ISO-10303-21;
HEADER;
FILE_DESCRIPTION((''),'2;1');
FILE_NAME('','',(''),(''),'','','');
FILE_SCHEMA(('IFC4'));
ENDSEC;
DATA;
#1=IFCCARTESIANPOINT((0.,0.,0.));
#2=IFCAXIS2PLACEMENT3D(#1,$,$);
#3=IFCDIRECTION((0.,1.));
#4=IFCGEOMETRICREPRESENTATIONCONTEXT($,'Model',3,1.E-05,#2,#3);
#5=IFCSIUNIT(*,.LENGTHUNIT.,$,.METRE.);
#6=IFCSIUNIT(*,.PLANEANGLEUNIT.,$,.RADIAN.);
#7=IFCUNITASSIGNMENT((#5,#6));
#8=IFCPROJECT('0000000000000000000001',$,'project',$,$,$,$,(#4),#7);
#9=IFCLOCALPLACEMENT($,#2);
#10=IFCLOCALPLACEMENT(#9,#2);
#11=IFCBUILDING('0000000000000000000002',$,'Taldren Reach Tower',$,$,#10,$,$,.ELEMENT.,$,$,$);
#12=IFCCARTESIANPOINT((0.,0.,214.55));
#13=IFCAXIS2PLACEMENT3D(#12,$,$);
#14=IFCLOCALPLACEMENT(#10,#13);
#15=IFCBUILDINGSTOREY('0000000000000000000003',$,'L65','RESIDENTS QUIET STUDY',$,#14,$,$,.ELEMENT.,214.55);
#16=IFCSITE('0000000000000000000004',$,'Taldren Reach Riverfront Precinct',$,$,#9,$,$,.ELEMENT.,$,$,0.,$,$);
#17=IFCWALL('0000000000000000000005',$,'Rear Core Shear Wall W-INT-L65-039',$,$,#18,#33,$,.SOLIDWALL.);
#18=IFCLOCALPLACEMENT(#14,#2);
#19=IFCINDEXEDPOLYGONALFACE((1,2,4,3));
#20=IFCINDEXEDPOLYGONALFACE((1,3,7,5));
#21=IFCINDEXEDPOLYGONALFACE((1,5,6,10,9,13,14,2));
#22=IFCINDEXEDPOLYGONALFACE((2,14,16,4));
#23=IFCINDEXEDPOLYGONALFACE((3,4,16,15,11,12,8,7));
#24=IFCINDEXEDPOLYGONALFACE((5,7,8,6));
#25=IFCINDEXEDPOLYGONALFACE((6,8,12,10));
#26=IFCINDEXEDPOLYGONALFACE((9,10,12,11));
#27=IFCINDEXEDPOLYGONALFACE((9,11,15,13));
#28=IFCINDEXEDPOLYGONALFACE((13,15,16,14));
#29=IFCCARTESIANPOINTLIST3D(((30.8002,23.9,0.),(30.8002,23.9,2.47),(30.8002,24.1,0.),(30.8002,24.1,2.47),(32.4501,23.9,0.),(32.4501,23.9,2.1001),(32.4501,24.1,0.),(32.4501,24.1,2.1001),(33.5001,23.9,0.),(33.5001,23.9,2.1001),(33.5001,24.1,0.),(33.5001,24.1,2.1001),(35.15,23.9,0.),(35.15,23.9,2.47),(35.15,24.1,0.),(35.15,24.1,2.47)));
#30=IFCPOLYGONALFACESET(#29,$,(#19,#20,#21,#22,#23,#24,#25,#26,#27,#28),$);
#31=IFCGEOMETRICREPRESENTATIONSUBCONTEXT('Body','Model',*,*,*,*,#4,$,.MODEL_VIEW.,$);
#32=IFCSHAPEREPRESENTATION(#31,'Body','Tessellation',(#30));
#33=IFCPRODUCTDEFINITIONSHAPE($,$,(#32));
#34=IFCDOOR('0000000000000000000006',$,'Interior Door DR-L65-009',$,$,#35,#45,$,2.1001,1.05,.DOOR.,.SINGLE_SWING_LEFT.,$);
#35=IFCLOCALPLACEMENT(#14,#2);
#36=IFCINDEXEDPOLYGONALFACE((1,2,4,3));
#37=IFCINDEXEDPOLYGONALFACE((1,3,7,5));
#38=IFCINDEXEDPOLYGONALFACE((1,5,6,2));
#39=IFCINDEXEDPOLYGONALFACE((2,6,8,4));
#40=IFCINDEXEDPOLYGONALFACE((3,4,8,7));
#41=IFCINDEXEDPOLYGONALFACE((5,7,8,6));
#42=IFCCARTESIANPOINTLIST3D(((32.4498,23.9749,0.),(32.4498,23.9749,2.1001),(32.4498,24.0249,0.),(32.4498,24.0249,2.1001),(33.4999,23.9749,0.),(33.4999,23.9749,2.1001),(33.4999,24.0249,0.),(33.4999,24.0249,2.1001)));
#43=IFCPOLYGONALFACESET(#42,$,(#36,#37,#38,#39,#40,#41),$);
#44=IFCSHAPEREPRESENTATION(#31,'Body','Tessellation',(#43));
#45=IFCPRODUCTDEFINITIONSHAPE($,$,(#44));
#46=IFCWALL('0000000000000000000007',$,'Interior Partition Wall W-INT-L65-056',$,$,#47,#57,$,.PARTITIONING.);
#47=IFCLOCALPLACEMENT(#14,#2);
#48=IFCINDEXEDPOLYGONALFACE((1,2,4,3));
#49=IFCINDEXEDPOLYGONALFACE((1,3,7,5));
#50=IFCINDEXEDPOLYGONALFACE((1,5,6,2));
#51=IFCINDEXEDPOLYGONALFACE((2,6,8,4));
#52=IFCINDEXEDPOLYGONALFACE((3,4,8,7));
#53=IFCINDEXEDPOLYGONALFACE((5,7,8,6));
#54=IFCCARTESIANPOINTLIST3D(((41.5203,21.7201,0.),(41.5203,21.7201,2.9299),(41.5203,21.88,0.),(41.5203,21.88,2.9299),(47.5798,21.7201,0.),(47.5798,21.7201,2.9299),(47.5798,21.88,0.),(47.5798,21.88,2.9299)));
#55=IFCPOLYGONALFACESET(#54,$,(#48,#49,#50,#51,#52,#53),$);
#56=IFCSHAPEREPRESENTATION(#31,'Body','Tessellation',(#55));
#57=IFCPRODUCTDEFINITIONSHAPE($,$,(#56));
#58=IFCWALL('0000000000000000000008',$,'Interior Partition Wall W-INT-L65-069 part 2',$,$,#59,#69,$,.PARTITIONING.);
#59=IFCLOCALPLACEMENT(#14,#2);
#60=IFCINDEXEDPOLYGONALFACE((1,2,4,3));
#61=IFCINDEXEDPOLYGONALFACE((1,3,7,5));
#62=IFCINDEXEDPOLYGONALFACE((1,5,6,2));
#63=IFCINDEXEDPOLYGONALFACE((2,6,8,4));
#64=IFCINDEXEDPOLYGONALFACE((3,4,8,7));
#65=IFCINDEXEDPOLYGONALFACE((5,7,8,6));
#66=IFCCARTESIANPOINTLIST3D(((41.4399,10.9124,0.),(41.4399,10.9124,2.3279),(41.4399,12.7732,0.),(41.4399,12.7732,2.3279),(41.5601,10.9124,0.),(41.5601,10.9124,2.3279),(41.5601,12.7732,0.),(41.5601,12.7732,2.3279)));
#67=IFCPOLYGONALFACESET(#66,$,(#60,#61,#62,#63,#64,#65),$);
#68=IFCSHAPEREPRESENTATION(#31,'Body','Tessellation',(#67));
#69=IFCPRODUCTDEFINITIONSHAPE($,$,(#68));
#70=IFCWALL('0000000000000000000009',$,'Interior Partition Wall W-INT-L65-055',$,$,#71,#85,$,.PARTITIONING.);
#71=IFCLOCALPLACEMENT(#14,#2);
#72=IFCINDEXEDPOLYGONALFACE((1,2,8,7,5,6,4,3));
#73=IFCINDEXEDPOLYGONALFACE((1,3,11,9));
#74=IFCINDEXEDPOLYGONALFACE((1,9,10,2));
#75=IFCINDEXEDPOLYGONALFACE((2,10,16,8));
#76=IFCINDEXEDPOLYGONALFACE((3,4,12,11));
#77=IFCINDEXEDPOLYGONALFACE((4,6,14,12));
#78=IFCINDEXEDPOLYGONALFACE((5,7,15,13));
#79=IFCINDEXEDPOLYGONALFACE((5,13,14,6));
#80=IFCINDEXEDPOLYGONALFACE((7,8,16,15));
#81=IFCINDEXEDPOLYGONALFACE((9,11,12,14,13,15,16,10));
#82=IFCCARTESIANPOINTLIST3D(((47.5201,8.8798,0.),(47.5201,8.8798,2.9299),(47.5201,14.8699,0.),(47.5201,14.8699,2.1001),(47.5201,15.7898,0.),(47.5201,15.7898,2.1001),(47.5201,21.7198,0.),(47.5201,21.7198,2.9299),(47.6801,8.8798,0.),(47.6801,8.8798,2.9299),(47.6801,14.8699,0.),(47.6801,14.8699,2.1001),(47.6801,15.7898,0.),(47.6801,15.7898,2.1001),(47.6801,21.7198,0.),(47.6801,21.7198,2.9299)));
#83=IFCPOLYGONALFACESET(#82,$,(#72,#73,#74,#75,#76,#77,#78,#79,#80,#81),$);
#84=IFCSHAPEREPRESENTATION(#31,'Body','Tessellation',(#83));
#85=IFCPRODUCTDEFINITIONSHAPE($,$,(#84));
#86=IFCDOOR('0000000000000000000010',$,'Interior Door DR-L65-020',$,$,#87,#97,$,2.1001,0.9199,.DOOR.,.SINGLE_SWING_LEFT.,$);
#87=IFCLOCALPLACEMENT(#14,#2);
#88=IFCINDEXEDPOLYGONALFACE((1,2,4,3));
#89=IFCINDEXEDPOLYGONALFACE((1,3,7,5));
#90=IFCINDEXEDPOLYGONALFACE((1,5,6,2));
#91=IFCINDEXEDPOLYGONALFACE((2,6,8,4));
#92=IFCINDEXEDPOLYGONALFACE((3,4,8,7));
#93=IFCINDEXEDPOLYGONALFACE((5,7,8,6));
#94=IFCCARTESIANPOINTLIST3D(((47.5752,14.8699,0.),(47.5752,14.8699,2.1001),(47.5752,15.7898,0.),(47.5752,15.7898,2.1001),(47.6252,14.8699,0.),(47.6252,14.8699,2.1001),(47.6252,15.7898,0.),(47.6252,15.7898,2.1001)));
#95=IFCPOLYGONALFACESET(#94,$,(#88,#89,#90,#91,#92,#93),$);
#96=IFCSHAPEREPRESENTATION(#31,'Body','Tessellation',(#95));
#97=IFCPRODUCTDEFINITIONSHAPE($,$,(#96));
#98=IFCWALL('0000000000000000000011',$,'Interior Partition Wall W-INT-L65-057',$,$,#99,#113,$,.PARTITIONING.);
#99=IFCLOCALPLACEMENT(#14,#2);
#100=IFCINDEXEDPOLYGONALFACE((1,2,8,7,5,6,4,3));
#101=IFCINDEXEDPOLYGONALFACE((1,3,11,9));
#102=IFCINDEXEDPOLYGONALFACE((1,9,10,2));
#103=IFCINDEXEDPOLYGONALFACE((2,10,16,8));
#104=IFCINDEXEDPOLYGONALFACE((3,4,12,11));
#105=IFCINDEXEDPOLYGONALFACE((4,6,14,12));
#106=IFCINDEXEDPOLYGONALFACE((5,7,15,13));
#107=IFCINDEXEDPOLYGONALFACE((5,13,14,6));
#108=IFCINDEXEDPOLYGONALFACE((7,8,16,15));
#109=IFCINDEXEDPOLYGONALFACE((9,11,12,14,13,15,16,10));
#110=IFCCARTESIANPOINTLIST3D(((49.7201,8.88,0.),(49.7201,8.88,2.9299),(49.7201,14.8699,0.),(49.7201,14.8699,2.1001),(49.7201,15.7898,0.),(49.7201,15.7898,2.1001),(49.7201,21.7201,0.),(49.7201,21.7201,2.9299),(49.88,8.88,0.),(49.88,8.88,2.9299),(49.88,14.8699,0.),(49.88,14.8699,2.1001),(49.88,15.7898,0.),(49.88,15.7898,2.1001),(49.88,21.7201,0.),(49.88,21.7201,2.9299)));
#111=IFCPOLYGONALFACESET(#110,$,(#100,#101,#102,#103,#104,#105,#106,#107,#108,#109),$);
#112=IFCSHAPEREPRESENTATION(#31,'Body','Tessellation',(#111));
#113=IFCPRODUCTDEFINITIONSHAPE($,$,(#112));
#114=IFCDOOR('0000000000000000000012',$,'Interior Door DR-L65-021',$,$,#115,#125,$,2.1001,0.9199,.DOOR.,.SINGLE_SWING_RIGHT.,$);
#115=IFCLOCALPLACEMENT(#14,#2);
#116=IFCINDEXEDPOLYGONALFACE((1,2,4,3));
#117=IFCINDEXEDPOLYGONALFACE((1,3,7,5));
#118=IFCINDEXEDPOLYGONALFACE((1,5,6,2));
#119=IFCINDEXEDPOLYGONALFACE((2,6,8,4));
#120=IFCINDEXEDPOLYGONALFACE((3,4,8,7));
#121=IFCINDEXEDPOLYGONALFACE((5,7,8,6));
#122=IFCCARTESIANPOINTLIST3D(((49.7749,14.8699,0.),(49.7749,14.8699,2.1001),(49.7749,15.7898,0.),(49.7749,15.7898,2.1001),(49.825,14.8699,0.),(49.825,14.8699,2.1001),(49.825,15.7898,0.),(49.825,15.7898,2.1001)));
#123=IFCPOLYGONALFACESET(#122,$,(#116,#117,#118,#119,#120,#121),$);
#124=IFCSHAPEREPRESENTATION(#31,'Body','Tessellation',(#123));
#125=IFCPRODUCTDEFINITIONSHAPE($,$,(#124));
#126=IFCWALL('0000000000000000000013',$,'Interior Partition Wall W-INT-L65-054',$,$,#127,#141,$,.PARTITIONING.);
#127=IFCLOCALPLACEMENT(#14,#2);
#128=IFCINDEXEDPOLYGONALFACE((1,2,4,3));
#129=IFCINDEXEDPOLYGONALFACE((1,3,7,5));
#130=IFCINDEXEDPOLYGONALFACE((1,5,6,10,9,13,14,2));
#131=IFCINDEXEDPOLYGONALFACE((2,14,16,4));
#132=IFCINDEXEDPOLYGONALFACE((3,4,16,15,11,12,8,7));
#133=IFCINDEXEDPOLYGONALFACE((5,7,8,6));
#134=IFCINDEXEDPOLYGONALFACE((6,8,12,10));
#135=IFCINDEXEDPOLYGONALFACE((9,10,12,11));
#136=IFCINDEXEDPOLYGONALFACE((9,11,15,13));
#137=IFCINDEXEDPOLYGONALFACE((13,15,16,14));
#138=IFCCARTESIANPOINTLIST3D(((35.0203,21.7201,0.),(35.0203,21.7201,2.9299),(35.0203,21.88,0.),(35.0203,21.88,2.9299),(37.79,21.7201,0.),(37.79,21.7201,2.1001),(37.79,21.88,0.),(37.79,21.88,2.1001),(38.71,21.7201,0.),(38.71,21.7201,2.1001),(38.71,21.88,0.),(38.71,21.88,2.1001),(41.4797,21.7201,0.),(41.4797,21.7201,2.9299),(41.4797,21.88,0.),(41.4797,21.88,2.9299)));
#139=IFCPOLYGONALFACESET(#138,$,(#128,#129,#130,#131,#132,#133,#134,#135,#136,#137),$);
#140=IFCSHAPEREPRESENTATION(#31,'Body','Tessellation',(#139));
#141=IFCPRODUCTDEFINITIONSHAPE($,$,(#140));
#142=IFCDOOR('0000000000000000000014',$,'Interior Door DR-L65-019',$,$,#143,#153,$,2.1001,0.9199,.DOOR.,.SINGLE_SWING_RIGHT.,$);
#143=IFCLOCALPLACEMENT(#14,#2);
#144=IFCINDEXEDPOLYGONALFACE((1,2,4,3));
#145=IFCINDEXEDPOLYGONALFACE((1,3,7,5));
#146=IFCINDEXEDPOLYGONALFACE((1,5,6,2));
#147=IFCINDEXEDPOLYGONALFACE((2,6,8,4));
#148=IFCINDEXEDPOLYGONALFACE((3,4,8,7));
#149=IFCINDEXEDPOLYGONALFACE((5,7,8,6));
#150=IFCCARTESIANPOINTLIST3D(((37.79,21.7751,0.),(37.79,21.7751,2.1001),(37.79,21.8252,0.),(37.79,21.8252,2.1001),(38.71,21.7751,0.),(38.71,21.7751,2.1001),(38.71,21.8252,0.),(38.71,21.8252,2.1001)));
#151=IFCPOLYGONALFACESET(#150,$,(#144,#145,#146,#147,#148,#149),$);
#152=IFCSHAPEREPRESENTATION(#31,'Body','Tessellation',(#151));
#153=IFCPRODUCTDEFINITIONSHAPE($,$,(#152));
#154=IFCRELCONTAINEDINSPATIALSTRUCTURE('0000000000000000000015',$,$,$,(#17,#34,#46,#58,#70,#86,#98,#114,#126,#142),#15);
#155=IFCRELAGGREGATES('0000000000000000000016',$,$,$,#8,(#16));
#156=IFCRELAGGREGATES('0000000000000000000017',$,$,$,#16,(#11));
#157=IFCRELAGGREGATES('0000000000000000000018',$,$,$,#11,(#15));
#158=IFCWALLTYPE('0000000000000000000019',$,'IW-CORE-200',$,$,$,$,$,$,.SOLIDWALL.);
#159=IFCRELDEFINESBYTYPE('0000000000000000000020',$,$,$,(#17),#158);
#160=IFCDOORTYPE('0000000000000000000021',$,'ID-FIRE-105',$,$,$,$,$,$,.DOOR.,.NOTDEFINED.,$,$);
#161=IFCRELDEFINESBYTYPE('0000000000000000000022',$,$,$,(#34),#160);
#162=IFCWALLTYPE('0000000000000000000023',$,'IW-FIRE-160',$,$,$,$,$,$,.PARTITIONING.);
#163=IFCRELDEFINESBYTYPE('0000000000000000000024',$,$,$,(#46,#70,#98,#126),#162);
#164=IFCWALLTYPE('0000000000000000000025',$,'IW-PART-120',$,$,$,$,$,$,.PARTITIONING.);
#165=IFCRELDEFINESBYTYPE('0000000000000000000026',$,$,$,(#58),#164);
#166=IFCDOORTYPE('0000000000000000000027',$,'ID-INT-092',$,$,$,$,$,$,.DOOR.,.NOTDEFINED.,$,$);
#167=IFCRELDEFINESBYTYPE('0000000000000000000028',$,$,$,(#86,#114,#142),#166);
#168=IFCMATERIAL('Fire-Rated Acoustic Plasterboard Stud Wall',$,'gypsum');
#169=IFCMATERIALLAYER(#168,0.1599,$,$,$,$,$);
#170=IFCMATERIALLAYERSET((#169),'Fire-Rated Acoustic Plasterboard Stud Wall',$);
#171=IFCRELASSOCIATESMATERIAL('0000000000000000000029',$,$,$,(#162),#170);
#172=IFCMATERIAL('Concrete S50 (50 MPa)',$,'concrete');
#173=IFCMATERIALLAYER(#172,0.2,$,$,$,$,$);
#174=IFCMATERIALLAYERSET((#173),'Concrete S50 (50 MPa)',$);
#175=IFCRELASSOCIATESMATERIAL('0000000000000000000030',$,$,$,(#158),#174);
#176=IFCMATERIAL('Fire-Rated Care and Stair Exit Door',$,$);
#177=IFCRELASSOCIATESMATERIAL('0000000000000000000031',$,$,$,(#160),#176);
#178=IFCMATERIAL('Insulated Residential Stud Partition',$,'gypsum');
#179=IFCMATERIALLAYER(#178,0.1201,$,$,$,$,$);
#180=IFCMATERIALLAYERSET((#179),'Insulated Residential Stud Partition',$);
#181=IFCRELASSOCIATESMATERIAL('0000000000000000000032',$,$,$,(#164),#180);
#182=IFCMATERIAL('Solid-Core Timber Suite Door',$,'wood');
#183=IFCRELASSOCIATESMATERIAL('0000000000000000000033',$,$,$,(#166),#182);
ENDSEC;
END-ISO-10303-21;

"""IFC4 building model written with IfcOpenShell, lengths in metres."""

from ifc_helpers import new_model, si_unit, direction, frame, frame_2d, origin, place, context, subcontext, project, spatial, rectangle, extrude, source, transform, mapped, material, layer, layer_set, type_object, element, fill, save


model = new_model("IFC4")

# Units and contexts
model_context = context("Model", 3, precision=1e-05, world=origin(), true_north=direction((0.0, 1.0)))
body_context = subcontext(model_context, "Body", "Model", "MODEL_VIEW")
ifc_project = project(units=[si_unit("LENGTHUNIT", "METRE"), si_unit("PLANEANGLEUNIT", "RADIAN")], contexts=[model_context])

# Site, building, storey
site_placement = place(None, origin())
site = spatial("IfcSite", under=ifc_project, at=site_placement, Name="Taldren Reach Riverfront Precinct", CompositionType="ELEMENT", RefElevation=0.0)
building_placement = place(site_placement, origin())
building = spatial("IfcBuilding", under=site, at=building_placement, Name="Taldren Reach Tower", CompositionType="ELEMENT")
storey_placement = place(building_placement, frame((0.0, 0.0, 214.55)))
storey = spatial("IfcBuildingStorey", under=building, at=storey_placement, Name="L65", Description="RESIDENTS QUIET STUDY", CompositionType="ELEMENT", Elevation=214.55)

# Shared definitions
ifc_material_1 = material(Name="Fire-Rated Acoustic Plasterboard Stud Wall", Category="gypsum")
ifc_layer_1 = layer(ifc_material_1, 0.1599)
ifc_layer_set_1 = layer_set([ifc_layer_1], Name="Fire-Rated Acoustic Plasterboard Stud Wall")
wall_type_1 = type_object("IfcWallType", Name="IW-FIRE-160", PredefinedType="PARTITIONING", material=ifc_layer_set_1)

# Wall, opening, door
ifc_material_2 = material(Name="Concrete S50 (50 MPa)", Category="concrete")
ifc_layer_2 = layer(ifc_material_2, 0.2)
ifc_layer_set_2 = layer_set([ifc_layer_2], Name="Concrete S50 (50 MPa)")
wall_type_2 = type_object("IfcWallType", Name="IW-CORE-200", PredefinedType="SOLIDWALL", material=ifc_layer_set_2)
shared_shape_1 = source(origin(), body_context, "Body", "SweptSolid", [
    extrude(rectangle(XDim=4.3499, YDim=0.2, at=frame_2d((2.1748, 0.0))), origin(), (0.0, 0.0, 1.0), 2.47),
])
wall_1_placement = place(storey_placement, frame((35.1499, 24.0, 0.0), z_axis=(0.0, 0.0, 1.0), x_axis=(-1.0, 0.0, 0.0)))
wall_1 = element("IfcWall", 1, at=wall_1_placement, inside=storey, type_object=wall_type_2, Name="Rear Core Shear Wall W-INT-L65-039", PredefinedType="SOLIDWALL", context=body_context, shape_type="MappedRepresentation", body=[
    mapped(shared_shape_1, transform((0.0, 0.0, 0.0), scale=1.0)),
])
shared_shape_2 = source(origin(), body_context, "Body", "SweptSolid", [
    extrude(rectangle(XDim=1.05, YDim=2.1001, at=frame_2d((0.5249, 1.05))), frame((0.0, 0.1099, 0.0), z_axis=(0.0, -1.0, 0.0), x_axis=(1.0, 0.0, 0.0)), (0.0, 0.0, 1.0), 0.22),
])
opening_1_placement = place(wall_1_placement, frame((1.6499, 0.0, 0.0)))
opening_1 = element("IfcOpeningElement", 2, at=opening_1_placement, cuts=wall_1, PredefinedType="OPENING", context=body_context, shape_type="MappedRepresentation", body=[
    mapped(shared_shape_2, transform((0.0, 0.0, 0.0), scale=1.0)),
])
ifc_material_3 = material(Name="Fire-Rated Care and Stair Exit Door")
door_type_1 = type_object("IfcDoorType", Name="ID-FIRE-105", OperationType="NOTDEFINED", PredefinedType="DOOR", material=ifc_material_3)
shared_shape_3 = source(origin(), body_context, "Body", "SweptSolid", [
    extrude(rectangle(XDim=1.05, YDim=2.1001, at=frame_2d((0.5249, 1.05))), frame((0.0, 0.0249, 0.0), z_axis=(0.0, -1.0, 0.0), x_axis=(1.0, 0.0, 0.0)), (0.0, 0.0, 1.0), 0.05),
])
door_1_placement = place(opening_1_placement, frame((1.05, 0.0, 0.0), z_axis=(0.0, 0.0, 1.0), x_axis=(-1.0, 0.0, 0.0)))
door_1 = element("IfcDoor", 3, at=door_1_placement, inside=storey, type_object=door_type_1, Name="Interior Door DR-L65-009", OperationType="SINGLE_SWING_LEFT", OverallHeight=2.1001, OverallWidth=1.05, PredefinedType="DOOR", context=body_context, shape_type="MappedRepresentation", body=[
    mapped(shared_shape_3, transform((0.0, 0.0, 0.0), scale=1.0)),
])
fill(opening_1, door_1)

# Walls
shared_shape_4 = source(origin(), body_context, "Body", "SweptSolid", [
    extrude(rectangle(XDim=6.0596, YDim=0.1599, at=frame_2d((3.0298, 0.0))), origin(), (0.0, 0.0, 1.0), 2.9299),
])
wall_2_placement = place(storey_placement, frame((47.5798, 21.8, 0.0), z_axis=(0.0, 0.0, 1.0), x_axis=(-1.0, 0.0, 0.0)))
element("IfcWall", 4, at=wall_2_placement, inside=storey, type_object=wall_type_1, Name="Interior Partition Wall W-INT-L65-056", PredefinedType="PARTITIONING", context=body_context, shape_type="MappedRepresentation", body=[
    mapped(shared_shape_4, transform((0.0, 0.0, 0.0), scale=1.0)),
])
ifc_material_4 = material(Name="Insulated Residential Stud Partition", Category="gypsum")
ifc_layer_3 = layer(ifc_material_4, 0.1201)
ifc_layer_set_3 = layer_set([ifc_layer_3], Name="Insulated Residential Stud Partition")
wall_type_3 = type_object("IfcWallType", Name="IW-PART-120", PredefinedType="PARTITIONING", material=ifc_layer_set_3)
shared_shape_5 = source(origin(), body_context, "Body", "SweptSolid", [
    extrude(rectangle(XDim=1.8608, YDim=0.1201, at=frame_2d((0.9304, 0.0))), origin(), (0.0, 0.0, 1.0), 2.3279),
])
wall_3_placement = place(storey_placement, frame((41.5, 12.7732, 0.0), z_axis=(0.0, 0.0, 1.0), x_axis=(0.0, -1.0, 0.0)))
element("IfcWall", 5, at=wall_3_placement, inside=storey, type_object=wall_type_3, Name="Interior Partition Wall W-INT-L65-069 part 2", PredefinedType="PARTITIONING", context=body_context, shape_type="MappedRepresentation", body=[
    mapped(shared_shape_5, transform((0.0, 0.0, 0.0), scale=1.0)),
])

# Walls, openings, doors
shared_shape_6 = source(origin(), body_context, "Body", "SweptSolid", [
    extrude(rectangle(XDim=12.8401, YDim=0.1599, at=frame_2d((6.4199, 0.0))), origin(), (0.0, 0.0, 1.0), 2.9299),
])
wall_4_placement = place(storey_placement, frame((47.6001, 8.8799, 0.0), z_axis=(0.0, 0.0, 1.0), x_axis=(0.0, 1.0, 0.0)))
wall_4 = element("IfcWall", 6, at=wall_4_placement, inside=storey, type_object=wall_type_1, Name="Interior Partition Wall W-INT-L65-055", PredefinedType="PARTITIONING", context=body_context, shape_type="MappedRepresentation", body=[
    mapped(shared_shape_6, transform((0.0, 0.0, 0.0), scale=1.0)),
])
shared_shape_7 = source(origin(), body_context, "Body", "SweptSolid", [
    extrude(rectangle(XDim=0.9199, YDim=2.1001, at=frame_2d((0.46, 1.05))), frame((0.0, 0.0898, 0.0), z_axis=(0.0, -1.0, 0.0), x_axis=(1.0, 0.0, 0.0)), (0.0, 0.0, 1.0), 0.1799),
])
opening_2_placement = place(wall_4_placement, frame((5.99, 0.0, 0.0)))
opening_2 = element("IfcOpeningElement", 7, at=opening_2_placement, cuts=wall_4, PredefinedType="OPENING", context=body_context, shape_type="MappedRepresentation", body=[
    mapped(shared_shape_7, transform((0.0, 0.0, 0.0), scale=1.0)),
])
ifc_material_5 = material(Name="Solid-Core Timber Suite Door", Category="wood")
door_type_2 = type_object("IfcDoorType", Name="ID-INT-092", OperationType="NOTDEFINED", PredefinedType="DOOR", material=ifc_material_5)
shared_shape_8 = source(origin(), body_context, "Body", "SweptSolid", [
    extrude(rectangle(XDim=0.9199, YDim=2.1001, at=frame_2d((0.46, 1.05))), frame((0.0, 0.0249, 0.0), z_axis=(0.0, -1.0, 0.0), x_axis=(1.0, 0.0, 0.0)), (0.0, 0.0, 1.0), 0.05),
])
door_2_placement = place(opening_2_placement, origin())
door_2 = element("IfcDoor", 8, at=door_2_placement, inside=storey, type_object=door_type_2, Name="Interior Door DR-L65-020", OperationType="SINGLE_SWING_LEFT", OverallHeight=2.1001, OverallWidth=0.9199, PredefinedType="DOOR", context=body_context, shape_type="MappedRepresentation", body=[
    mapped(shared_shape_8, transform((0.0, 0.0, 0.0), scale=1.0)),
])
fill(opening_2, door_2)
wall_5_placement = place(storey_placement, frame((49.8, 21.72, 0.0), z_axis=(0.0, 0.0, 1.0), x_axis=(0.0, -1.0, 0.0)))
wall_5 = element("IfcWall", 9, at=wall_5_placement, inside=storey, type_object=wall_type_1, Name="Interior Partition Wall W-INT-L65-057", PredefinedType="PARTITIONING", context=body_context, shape_type="MappedRepresentation", body=[
    mapped(shared_shape_6, transform((0.0, 0.0, 0.0), scale=1.0)),
])
opening_3_placement = place(wall_5_placement, frame((5.9302, 0.0, 0.0)))
opening_3 = element("IfcOpeningElement", 10, at=opening_3_placement, cuts=wall_5, PredefinedType="OPENING", context=body_context, shape_type="MappedRepresentation", body=[
    mapped(shared_shape_7, transform((0.0, 0.0, 0.0), scale=1.0)),
])
door_3_placement = place(opening_3_placement, origin())
door_3 = element("IfcDoor", 11, at=door_3_placement, inside=storey, type_object=door_type_2, Name="Interior Door DR-L65-021", OperationType="SINGLE_SWING_RIGHT", OverallHeight=2.1001, OverallWidth=0.9199, PredefinedType="DOOR", context=body_context, shape_type="MappedRepresentation", body=[
    mapped(shared_shape_8, transform((0.0, 0.0, 0.0), scale=1.0)),
])
fill(opening_3, door_3)
shared_shape_9 = source(origin(), body_context, "Body", "SweptSolid", [
    extrude(rectangle(XDim=6.4595, YDim=0.1599, at=frame_2d((3.2297, 0.0))), origin(), (0.0, 0.0, 1.0), 2.9299),
])
wall_6_placement = place(storey_placement, frame((41.4797, 21.8, 0.0), z_axis=(0.0, 0.0, 1.0), x_axis=(-1.0, 0.0, 0.0)))
wall_6 = element("IfcWall", 12, at=wall_6_placement, inside=storey, type_object=wall_type_1, Name="Interior Partition Wall W-INT-L65-054", PredefinedType="PARTITIONING", context=body_context, shape_type="MappedRepresentation", body=[
    mapped(shared_shape_9, transform((0.0, 0.0, 0.0), scale=1.0)),
])
opening_4_placement = place(wall_6_placement, frame((2.7698, 0.0, 0.0)))
opening_4 = element("IfcOpeningElement", 13, at=opening_4_placement, cuts=wall_6, PredefinedType="OPENING", context=body_context, shape_type="MappedRepresentation", body=[
    mapped(shared_shape_7, transform((0.0, 0.0, 0.0), scale=1.0)),
])
door_4_placement = place(opening_4_placement, origin())
door_4 = element("IfcDoor", 14, at=door_4_placement, inside=storey, type_object=door_type_2, Name="Interior Door DR-L65-019", OperationType="SINGLE_SWING_RIGHT", OverallHeight=2.1001, OverallWidth=0.9199, PredefinedType="DOOR", context=body_context, shape_type="MappedRepresentation", body=[
    mapped(shared_shape_8, transform((0.0, 0.0, 0.0), scale=1.0)),
])
fill(opening_4, door_4)

save(model, "model.ifc")
